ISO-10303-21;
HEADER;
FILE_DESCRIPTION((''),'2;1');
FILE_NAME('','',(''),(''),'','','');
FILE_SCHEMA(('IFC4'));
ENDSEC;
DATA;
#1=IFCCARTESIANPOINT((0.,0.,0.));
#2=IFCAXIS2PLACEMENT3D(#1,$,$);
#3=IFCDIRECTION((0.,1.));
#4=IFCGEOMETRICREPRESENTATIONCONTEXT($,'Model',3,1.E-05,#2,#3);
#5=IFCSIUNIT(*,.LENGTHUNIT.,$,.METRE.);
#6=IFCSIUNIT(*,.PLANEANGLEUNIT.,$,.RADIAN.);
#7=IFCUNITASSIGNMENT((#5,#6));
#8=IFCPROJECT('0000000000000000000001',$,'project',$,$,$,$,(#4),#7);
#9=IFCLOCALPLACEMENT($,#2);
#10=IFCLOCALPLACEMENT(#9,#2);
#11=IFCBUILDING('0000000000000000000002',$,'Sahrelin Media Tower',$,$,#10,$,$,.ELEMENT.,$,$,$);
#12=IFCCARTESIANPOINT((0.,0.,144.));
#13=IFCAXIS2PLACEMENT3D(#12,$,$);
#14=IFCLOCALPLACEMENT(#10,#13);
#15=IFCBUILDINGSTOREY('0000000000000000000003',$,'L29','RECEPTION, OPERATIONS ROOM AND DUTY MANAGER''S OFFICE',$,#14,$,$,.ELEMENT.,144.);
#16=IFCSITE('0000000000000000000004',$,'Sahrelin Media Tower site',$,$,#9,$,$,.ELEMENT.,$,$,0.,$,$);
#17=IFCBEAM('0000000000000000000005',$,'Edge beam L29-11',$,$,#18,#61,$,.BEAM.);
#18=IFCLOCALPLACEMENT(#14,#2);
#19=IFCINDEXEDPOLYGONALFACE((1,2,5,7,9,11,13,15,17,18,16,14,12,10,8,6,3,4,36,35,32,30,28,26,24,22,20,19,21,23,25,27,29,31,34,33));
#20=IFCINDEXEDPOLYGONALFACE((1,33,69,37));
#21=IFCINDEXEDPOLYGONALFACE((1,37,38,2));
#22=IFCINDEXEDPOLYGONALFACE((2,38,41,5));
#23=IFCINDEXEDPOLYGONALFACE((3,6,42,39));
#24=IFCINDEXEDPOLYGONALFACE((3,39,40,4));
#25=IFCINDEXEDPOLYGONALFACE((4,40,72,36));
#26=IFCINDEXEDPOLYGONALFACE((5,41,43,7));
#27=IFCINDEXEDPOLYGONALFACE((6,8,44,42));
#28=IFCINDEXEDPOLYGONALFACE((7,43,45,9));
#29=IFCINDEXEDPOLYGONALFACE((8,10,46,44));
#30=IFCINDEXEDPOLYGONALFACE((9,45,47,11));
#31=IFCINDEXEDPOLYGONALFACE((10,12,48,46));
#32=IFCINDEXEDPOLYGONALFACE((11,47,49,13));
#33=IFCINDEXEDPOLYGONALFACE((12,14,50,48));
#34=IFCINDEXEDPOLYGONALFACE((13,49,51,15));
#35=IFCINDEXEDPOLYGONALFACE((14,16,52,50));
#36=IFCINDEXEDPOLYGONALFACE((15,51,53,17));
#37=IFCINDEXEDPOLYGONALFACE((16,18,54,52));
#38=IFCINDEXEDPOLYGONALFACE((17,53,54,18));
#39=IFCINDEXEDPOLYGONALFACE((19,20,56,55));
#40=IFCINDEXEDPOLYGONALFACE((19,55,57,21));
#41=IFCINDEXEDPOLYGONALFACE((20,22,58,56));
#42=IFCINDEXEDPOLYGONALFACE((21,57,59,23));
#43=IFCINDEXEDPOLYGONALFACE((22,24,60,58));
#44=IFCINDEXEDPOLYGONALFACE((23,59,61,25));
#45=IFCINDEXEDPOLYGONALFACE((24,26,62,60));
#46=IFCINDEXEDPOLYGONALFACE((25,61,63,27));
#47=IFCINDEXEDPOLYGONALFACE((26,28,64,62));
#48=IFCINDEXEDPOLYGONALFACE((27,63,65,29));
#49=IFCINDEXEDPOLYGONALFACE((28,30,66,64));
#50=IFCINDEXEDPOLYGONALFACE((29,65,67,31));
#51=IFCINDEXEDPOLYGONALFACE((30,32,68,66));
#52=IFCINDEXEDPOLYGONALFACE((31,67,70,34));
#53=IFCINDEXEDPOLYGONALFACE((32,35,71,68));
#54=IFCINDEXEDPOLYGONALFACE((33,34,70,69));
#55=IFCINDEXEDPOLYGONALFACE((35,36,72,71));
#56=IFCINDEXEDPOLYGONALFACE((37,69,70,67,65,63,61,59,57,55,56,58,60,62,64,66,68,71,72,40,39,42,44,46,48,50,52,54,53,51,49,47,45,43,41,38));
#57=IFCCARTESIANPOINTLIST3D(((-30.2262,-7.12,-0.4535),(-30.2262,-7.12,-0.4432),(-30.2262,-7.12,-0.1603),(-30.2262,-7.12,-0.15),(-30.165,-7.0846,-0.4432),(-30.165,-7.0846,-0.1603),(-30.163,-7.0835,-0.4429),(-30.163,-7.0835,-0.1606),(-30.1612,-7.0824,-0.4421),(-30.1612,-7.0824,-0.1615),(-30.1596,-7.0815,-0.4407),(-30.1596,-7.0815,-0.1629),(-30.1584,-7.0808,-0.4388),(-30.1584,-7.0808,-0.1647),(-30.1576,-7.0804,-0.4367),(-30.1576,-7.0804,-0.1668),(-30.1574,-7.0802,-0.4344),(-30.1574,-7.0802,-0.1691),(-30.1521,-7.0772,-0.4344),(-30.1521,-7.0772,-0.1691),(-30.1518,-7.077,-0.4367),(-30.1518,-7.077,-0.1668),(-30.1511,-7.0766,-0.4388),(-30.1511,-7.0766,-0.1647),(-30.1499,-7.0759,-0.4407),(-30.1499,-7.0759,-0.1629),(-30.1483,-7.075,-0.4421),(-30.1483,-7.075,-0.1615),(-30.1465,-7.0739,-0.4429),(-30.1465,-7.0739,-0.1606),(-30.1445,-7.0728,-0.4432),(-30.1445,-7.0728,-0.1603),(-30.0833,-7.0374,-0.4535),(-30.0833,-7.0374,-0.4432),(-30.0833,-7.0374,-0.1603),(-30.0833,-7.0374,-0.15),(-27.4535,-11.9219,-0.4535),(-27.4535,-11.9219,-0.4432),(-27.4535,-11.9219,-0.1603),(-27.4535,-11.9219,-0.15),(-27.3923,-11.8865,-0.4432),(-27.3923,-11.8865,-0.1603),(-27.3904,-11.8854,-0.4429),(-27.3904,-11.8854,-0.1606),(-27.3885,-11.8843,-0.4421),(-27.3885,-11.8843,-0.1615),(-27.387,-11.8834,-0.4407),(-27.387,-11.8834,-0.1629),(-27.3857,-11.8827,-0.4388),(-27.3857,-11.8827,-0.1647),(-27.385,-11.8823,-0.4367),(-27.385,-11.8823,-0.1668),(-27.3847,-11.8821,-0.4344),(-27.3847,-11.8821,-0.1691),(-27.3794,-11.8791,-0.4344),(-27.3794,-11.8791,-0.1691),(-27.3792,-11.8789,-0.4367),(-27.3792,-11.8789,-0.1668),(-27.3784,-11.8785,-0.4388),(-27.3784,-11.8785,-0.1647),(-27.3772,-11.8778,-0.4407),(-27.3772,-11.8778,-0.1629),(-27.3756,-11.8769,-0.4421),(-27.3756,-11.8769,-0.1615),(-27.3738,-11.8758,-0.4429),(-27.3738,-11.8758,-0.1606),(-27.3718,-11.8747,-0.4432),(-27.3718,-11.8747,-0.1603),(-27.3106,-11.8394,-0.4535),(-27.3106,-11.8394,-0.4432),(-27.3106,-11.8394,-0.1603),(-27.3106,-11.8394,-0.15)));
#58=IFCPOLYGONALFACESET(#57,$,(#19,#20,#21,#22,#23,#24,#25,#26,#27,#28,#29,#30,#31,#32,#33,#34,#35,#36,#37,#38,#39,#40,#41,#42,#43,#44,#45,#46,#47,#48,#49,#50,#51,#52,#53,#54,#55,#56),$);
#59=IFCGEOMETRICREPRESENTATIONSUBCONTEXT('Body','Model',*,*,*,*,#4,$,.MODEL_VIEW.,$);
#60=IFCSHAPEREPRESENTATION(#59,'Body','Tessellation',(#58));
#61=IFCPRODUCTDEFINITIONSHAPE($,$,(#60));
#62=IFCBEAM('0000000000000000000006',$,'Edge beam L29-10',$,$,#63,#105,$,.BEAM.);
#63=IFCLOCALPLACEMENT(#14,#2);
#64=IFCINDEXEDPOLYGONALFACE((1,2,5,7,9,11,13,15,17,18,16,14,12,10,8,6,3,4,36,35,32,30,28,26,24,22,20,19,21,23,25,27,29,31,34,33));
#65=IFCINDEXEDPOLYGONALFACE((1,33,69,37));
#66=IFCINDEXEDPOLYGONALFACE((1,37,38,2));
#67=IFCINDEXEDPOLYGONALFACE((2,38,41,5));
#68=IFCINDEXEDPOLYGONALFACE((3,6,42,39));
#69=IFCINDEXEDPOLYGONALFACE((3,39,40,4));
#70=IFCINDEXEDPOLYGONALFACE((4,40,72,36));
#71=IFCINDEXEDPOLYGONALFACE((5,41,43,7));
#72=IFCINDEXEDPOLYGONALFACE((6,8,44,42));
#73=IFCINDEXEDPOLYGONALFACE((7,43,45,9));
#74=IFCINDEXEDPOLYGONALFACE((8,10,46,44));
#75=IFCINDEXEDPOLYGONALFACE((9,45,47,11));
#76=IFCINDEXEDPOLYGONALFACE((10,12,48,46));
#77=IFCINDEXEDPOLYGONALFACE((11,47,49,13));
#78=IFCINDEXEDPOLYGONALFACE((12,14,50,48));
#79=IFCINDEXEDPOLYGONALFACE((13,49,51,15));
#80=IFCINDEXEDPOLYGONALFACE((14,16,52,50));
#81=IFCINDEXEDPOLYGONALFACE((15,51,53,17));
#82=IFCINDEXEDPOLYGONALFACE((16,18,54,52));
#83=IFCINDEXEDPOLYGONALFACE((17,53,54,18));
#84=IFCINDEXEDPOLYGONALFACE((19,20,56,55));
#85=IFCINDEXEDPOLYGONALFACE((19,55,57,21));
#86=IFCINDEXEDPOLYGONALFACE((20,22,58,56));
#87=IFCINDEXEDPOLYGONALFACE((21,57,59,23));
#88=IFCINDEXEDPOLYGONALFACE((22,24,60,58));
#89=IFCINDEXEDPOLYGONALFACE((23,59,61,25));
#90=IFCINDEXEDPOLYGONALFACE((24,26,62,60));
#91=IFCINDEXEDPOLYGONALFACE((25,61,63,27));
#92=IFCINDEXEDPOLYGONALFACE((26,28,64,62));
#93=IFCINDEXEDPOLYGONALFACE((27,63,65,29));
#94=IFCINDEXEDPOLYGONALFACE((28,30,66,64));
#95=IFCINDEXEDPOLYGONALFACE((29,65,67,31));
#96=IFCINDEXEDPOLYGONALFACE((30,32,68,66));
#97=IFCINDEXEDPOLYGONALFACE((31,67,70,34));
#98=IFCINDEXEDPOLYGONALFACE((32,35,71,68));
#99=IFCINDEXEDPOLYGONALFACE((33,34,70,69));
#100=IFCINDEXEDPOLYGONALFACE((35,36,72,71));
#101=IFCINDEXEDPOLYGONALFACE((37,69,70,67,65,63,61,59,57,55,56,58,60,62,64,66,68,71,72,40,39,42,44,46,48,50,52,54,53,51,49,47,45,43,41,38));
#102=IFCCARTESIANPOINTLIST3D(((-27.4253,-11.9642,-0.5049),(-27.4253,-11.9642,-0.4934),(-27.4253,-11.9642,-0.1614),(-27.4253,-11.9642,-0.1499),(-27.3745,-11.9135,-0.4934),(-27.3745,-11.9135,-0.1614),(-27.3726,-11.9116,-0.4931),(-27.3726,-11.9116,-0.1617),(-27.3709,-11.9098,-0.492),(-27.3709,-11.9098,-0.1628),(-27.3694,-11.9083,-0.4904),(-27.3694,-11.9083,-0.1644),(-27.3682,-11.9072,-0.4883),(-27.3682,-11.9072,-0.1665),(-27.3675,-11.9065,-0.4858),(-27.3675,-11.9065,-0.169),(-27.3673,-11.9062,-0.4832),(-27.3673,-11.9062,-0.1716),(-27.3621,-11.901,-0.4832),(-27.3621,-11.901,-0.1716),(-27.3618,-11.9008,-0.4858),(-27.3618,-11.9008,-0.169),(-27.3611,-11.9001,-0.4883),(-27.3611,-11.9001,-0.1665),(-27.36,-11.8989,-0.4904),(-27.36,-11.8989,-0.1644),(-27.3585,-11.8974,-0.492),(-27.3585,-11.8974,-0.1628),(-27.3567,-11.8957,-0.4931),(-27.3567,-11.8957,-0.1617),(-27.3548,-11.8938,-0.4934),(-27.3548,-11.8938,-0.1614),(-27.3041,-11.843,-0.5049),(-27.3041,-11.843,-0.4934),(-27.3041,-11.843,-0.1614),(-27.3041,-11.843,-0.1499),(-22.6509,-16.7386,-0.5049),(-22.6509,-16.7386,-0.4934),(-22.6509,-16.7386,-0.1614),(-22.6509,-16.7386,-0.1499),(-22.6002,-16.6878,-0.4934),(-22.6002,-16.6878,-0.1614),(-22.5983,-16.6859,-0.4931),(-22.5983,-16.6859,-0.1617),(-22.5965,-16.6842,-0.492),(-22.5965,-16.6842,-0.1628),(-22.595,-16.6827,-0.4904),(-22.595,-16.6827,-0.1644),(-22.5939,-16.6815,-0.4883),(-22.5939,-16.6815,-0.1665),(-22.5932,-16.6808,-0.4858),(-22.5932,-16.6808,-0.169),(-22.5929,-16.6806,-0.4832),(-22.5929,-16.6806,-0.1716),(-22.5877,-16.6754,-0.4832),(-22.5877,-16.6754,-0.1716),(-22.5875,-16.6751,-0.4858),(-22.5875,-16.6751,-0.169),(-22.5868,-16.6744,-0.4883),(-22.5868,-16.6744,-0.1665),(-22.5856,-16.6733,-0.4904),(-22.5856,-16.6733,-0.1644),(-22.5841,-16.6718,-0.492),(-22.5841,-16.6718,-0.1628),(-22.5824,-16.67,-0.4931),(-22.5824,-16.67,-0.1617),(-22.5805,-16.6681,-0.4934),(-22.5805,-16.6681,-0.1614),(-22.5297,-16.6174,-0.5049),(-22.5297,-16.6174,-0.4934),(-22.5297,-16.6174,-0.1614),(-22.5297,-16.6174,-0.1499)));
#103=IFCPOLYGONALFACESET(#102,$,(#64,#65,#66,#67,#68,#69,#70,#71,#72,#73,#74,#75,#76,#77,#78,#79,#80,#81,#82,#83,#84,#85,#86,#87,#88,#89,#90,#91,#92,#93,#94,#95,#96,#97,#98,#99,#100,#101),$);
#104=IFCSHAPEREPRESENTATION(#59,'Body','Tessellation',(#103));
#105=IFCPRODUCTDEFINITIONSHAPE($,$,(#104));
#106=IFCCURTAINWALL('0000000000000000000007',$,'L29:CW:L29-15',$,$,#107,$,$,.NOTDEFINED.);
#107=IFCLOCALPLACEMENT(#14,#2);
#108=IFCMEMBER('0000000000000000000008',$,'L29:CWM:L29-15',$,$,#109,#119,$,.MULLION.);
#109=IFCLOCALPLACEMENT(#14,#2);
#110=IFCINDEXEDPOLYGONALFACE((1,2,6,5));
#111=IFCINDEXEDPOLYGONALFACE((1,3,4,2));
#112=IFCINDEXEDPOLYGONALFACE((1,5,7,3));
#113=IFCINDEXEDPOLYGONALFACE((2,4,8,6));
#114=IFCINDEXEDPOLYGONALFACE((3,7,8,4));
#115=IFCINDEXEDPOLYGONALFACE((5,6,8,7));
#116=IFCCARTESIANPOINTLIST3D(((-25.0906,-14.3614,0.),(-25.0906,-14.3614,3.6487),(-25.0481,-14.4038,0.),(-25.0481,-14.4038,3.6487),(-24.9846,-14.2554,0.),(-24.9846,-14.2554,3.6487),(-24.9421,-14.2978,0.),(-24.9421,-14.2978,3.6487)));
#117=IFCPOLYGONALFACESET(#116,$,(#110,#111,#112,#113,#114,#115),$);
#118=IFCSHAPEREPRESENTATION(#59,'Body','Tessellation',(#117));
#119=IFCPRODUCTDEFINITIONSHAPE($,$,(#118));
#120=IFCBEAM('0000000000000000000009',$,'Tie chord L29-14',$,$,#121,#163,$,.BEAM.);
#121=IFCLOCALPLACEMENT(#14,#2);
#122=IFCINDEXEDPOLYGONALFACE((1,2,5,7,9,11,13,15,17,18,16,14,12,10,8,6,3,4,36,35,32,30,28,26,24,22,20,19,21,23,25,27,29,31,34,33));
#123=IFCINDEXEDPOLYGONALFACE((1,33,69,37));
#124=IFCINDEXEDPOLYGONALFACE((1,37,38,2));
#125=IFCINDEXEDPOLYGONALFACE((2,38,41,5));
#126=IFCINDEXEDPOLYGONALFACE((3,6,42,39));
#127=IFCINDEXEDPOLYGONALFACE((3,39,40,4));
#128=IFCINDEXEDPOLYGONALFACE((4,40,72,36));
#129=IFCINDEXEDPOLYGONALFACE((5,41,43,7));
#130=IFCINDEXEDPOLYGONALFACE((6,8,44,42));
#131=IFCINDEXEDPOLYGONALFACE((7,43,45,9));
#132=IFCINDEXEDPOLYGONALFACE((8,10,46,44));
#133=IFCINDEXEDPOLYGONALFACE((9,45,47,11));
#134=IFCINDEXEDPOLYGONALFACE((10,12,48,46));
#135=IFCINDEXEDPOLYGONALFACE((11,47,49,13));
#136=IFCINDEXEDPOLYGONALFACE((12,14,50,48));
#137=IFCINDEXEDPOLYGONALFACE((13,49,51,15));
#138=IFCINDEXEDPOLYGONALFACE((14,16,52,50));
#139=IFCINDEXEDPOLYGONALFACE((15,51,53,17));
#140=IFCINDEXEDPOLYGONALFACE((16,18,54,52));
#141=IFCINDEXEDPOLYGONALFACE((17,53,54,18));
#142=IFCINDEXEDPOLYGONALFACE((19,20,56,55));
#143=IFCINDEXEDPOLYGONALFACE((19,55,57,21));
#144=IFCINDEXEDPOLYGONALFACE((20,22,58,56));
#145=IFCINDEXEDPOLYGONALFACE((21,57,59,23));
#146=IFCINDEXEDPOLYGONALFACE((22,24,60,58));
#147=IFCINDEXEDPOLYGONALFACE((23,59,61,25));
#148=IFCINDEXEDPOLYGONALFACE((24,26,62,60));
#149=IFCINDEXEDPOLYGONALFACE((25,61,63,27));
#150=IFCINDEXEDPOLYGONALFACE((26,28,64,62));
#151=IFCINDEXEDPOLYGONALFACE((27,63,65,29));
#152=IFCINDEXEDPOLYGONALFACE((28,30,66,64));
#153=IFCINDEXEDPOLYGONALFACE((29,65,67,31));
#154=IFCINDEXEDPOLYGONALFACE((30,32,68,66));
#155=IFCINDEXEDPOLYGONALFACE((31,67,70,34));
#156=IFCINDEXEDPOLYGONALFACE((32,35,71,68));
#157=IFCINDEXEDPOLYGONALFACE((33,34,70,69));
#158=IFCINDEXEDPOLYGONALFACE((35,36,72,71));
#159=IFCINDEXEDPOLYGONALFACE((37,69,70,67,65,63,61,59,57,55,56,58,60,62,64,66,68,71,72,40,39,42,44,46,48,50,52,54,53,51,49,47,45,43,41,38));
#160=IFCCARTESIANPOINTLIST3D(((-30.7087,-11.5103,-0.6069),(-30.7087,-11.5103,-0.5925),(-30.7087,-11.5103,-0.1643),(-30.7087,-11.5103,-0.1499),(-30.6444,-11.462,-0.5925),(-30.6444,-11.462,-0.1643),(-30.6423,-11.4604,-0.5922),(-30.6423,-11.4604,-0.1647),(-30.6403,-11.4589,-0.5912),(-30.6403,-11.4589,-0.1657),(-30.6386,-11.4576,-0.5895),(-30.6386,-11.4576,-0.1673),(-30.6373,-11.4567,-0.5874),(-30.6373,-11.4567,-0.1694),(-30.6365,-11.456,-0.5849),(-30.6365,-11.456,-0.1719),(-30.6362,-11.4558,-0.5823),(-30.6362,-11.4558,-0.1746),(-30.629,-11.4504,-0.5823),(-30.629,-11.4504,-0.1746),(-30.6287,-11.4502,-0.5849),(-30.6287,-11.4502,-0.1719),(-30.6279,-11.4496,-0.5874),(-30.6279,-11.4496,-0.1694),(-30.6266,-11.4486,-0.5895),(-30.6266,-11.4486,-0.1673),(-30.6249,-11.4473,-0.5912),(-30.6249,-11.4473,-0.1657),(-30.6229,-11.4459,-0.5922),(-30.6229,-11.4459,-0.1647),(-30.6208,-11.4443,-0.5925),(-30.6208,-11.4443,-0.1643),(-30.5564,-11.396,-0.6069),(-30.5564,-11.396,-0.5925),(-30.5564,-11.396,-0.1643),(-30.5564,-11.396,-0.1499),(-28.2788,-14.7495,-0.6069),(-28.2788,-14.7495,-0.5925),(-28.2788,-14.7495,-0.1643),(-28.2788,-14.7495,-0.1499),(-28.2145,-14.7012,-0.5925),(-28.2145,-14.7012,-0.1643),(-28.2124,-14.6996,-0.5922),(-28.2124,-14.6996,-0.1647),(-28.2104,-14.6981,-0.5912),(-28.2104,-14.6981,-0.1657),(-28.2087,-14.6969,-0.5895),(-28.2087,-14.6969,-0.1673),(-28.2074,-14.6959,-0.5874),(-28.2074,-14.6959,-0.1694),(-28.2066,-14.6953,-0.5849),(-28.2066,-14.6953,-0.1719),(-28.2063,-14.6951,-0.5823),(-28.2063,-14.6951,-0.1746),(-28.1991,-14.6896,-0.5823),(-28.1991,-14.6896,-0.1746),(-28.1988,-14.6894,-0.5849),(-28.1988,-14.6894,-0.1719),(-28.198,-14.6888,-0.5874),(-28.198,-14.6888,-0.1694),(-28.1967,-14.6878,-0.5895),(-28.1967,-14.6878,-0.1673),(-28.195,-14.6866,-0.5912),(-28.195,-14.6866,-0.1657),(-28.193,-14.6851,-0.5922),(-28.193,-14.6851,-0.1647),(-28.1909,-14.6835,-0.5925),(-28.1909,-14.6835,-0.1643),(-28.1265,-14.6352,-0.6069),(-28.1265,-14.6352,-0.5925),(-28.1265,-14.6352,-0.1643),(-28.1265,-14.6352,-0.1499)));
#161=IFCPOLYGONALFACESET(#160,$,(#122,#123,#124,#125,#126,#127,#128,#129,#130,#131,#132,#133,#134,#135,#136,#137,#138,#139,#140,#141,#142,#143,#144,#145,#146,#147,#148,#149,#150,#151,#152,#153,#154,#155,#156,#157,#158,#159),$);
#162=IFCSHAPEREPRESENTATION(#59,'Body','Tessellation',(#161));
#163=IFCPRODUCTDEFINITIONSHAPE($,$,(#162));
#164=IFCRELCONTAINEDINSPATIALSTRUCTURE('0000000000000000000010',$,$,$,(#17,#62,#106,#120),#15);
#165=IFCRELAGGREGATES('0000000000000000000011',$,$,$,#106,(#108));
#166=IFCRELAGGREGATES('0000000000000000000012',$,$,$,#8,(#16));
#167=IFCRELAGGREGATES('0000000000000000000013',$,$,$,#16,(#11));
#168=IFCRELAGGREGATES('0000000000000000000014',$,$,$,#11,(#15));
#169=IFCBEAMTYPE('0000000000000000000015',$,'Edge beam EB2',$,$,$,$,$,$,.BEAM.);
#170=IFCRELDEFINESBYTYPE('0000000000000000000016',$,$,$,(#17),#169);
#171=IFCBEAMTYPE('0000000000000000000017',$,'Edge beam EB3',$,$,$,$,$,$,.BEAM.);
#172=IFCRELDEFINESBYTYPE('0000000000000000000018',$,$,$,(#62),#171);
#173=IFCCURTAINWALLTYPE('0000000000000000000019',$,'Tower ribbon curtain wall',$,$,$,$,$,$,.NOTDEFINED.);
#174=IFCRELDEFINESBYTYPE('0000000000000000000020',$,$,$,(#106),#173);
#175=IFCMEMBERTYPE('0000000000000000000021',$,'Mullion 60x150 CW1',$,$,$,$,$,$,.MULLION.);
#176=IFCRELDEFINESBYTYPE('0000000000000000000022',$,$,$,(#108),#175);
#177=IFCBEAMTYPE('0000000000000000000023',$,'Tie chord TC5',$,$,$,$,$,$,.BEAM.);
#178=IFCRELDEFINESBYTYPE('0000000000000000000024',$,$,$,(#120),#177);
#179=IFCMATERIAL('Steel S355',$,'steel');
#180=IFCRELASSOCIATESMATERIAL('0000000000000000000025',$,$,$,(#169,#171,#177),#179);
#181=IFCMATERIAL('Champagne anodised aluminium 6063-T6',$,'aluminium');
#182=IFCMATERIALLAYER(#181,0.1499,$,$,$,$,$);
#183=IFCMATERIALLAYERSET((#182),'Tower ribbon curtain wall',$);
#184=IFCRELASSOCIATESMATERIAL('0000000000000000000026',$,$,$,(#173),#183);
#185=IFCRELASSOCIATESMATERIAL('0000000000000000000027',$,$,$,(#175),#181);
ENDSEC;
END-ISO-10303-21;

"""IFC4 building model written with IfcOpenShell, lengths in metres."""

from ifc_helpers import new_model, si_unit, direction, frame, origin, origin_2d, place, context, subcontext, project, spatial, rectangle, i_section, extrude, material, layer, layer_set, material_profile, profile_set, type_object, element, aggregate, save


model = new_model("IFC4")

# Units and contexts
model_context = context("Model", 3, precision=1e-05, world=origin(), true_north=direction((0.0, 1.0)))
body_context = subcontext(model_context, "Body", "Model", "MODEL_VIEW")
ifc_project = project(units=[si_unit("LENGTHUNIT", "METRE"), si_unit("PLANEANGLEUNIT", "RADIAN")], contexts=[model_context])

# Site, building, storey
site_placement = place(None, origin())
site = spatial("IfcSite", under=ifc_project, at=site_placement, Name="Sahrelin Media Tower site", CompositionType="ELEMENT", RefElevation=0.0)
building_placement = place(site_placement, origin())
building = spatial("IfcBuilding", under=site, at=building_placement, Name="Sahrelin Media Tower", CompositionType="ELEMENT")
storey_placement = place(building_placement, frame((0.0, 0.0, 144.0)))
storey = spatial("IfcBuildingStorey", under=building, at=storey_placement, Name="L29", Description="RECEPTION, OPERATIONS ROOM AND DUTY MANAGER'S OFFICE", CompositionType="ELEMENT", Elevation=144.0)

# Beams
ifc_material_1 = material(Name="Steel S355", Category="steel")
ifc_material_profile_1 = material_profile(ifc_material_1, i_section(OverallWidth=0.165, OverallDepth=0.3035, WebThickness=0.0061, FlangeThickness=0.0103, FilletRadius=0.0088, at=origin_2d()), Name="UB 305x165x40")
ifc_profile_set_1 = profile_set([ifc_material_profile_1], Name="Steel S355")
beam_type_1 = type_object("IfcBeamType", Name="Edge beam EB2", PredefinedType="BEAM", material=ifc_profile_set_1)
beam_1_placement = place(storey_placement, frame((-27.3821, -11.8806, -0.3018), z_axis=(-0.500036, 0.866004, 0.0), x_axis=(-0.866004, -0.500036, 0.0)))
element("IfcBeam", 1, at=beam_1_placement, inside=storey, type_object=beam_type_1, Name="Edge beam L29-11", PredefinedType="BEAM", context=body_context, shape_type="SweptSolid", body=[
    extrude(i_section(OverallWidth=0.165, OverallDepth=0.3035, WebThickness=0.0061, FlangeThickness=0.0103, FilletRadius=0.0088, at=origin_2d()), origin(), (0.0, 0.0, 1.0), 5.5449),
])
ifc_material_profile_2 = material_profile(ifc_material_1, i_section(OverallWidth=0.1714, OverallDepth=0.355, WebThickness=0.0073, FlangeThickness=0.0115, FilletRadius=0.0103, at=origin_2d()), Name="UB 356x171x51")
ifc_profile_set_2 = profile_set([ifc_material_profile_2], Name="Steel S355")
beam_type_2 = type_object("IfcBeamType", Name="Edge beam EB3", PredefinedType="BEAM", material=ifc_profile_set_2)
beam_2_placement = place(storey_placement, frame((-22.5903, -16.678, -0.3274), z_axis=(-0.707107, 0.707107, 0.0), x_axis=(-0.707107, -0.707107, 0.0)))
element("IfcBeam", 2, at=beam_2_placement, inside=storey, type_object=beam_type_2, Name="Edge beam L29-10", PredefinedType="BEAM", context=body_context, shape_type="SweptSolid", body=[
    extrude(i_section(OverallWidth=0.1714, OverallDepth=0.355, WebThickness=0.0073, FlangeThickness=0.0115, FilletRadius=0.0103, at=origin_2d()), origin(), (0.0, 0.0, 1.0), 6.752),
])

# Curtain wall, member
ifc_material_2 = material(Name="Champagne anodised aluminium 6063-T6", Category="aluminium")
ifc_layer_1 = layer(ifc_material_2, 0.1499)
ifc_layer_set_1 = layer_set([ifc_layer_1], Name="Tower ribbon curtain wall")
curtain_wall_type = type_object("IfcCurtainWallType", Name="Tower ribbon curtain wall", PredefinedType="NOTDEFINED", material=ifc_layer_set_1)
curtain_wall_1_placement = place(storey_placement, frame((-25.0835, -14.397, 0.0), z_axis=(0.0, 0.0, 1.0), x_axis=(1.0, 0.0, 0.0)))
curtain_wall_1 = element("IfcCurtainWall", 3, at=curtain_wall_1_placement, inside=storey, type_object=curtain_wall_type, Name="L29:CW:L29-15", PredefinedType="NOTDEFINED")
ifc_material_profile_3 = material_profile(ifc_material_2, rectangle(XDim=0.0601, YDim=0.1499, at=origin_2d()), Name="Mullion 60x150")
ifc_profile_set_3 = profile_set([ifc_material_profile_3], Name="Champagne anodised aluminium 6063-T6")
member_type_1 = type_object("IfcMemberType", Name="Mullion 60x150 CW1", PredefinedType="MULLION", material=ifc_profile_set_3)
member_1_placement = place(storey_placement, frame((-25.0164, -14.3296, 0.0), z_axis=(0.0, 0.0, 1.0), x_axis=(0.707107, -0.707107, 0.0)))
member_1 = element("IfcMember", 4, at=member_1_placement, type_object=member_type_1, Name="L29:CWM:L29-15", PredefinedType="MULLION", context=body_context, shape_type="SweptSolid", body=[
    extrude(rectangle(XDim=0.0601, YDim=0.1499, at=origin_2d()), origin(), (0.0, 0.0, 1.0), 3.6487),
])

# Beam
ifc_material_profile_4 = material_profile(ifc_material_1, i_section(OverallWidth=0.1904, OverallDepth=0.457, WebThickness=0.009, FlangeThickness=0.0144, FilletRadius=0.0103, at=origin_2d()), Name="UB 457x191x74")
ifc_profile_set_4 = profile_set([ifc_material_profile_4], Name="Steel S355")
beam_type_3 = type_object("IfcBeamType", Name="Tie chord TC5", PredefinedType="BEAM", material=ifc_profile_set_4)
beam_3_placement = place(storey_placement, frame((-30.6326, -11.4531, -0.3784), z_axis=(0.600077, -0.799942, 0.0), x_axis=(0.799942, 0.600077, 0.0)))
element("IfcBeam", 5, at=beam_3_placement, inside=storey, type_object=beam_type_3, Name="Tie chord L29-14", PredefinedType="BEAM", context=body_context, shape_type="SweptSolid", body=[
    extrude(i_section(OverallWidth=0.1904, OverallDepth=0.457, WebThickness=0.009, FlangeThickness=0.0144, FilletRadius=0.0103, at=origin_2d()), origin(), (0.0, 0.0, 1.0), 4.0493),
])

aggregate(curtain_wall_1, [member_1])

save(model, "model.ifc")
